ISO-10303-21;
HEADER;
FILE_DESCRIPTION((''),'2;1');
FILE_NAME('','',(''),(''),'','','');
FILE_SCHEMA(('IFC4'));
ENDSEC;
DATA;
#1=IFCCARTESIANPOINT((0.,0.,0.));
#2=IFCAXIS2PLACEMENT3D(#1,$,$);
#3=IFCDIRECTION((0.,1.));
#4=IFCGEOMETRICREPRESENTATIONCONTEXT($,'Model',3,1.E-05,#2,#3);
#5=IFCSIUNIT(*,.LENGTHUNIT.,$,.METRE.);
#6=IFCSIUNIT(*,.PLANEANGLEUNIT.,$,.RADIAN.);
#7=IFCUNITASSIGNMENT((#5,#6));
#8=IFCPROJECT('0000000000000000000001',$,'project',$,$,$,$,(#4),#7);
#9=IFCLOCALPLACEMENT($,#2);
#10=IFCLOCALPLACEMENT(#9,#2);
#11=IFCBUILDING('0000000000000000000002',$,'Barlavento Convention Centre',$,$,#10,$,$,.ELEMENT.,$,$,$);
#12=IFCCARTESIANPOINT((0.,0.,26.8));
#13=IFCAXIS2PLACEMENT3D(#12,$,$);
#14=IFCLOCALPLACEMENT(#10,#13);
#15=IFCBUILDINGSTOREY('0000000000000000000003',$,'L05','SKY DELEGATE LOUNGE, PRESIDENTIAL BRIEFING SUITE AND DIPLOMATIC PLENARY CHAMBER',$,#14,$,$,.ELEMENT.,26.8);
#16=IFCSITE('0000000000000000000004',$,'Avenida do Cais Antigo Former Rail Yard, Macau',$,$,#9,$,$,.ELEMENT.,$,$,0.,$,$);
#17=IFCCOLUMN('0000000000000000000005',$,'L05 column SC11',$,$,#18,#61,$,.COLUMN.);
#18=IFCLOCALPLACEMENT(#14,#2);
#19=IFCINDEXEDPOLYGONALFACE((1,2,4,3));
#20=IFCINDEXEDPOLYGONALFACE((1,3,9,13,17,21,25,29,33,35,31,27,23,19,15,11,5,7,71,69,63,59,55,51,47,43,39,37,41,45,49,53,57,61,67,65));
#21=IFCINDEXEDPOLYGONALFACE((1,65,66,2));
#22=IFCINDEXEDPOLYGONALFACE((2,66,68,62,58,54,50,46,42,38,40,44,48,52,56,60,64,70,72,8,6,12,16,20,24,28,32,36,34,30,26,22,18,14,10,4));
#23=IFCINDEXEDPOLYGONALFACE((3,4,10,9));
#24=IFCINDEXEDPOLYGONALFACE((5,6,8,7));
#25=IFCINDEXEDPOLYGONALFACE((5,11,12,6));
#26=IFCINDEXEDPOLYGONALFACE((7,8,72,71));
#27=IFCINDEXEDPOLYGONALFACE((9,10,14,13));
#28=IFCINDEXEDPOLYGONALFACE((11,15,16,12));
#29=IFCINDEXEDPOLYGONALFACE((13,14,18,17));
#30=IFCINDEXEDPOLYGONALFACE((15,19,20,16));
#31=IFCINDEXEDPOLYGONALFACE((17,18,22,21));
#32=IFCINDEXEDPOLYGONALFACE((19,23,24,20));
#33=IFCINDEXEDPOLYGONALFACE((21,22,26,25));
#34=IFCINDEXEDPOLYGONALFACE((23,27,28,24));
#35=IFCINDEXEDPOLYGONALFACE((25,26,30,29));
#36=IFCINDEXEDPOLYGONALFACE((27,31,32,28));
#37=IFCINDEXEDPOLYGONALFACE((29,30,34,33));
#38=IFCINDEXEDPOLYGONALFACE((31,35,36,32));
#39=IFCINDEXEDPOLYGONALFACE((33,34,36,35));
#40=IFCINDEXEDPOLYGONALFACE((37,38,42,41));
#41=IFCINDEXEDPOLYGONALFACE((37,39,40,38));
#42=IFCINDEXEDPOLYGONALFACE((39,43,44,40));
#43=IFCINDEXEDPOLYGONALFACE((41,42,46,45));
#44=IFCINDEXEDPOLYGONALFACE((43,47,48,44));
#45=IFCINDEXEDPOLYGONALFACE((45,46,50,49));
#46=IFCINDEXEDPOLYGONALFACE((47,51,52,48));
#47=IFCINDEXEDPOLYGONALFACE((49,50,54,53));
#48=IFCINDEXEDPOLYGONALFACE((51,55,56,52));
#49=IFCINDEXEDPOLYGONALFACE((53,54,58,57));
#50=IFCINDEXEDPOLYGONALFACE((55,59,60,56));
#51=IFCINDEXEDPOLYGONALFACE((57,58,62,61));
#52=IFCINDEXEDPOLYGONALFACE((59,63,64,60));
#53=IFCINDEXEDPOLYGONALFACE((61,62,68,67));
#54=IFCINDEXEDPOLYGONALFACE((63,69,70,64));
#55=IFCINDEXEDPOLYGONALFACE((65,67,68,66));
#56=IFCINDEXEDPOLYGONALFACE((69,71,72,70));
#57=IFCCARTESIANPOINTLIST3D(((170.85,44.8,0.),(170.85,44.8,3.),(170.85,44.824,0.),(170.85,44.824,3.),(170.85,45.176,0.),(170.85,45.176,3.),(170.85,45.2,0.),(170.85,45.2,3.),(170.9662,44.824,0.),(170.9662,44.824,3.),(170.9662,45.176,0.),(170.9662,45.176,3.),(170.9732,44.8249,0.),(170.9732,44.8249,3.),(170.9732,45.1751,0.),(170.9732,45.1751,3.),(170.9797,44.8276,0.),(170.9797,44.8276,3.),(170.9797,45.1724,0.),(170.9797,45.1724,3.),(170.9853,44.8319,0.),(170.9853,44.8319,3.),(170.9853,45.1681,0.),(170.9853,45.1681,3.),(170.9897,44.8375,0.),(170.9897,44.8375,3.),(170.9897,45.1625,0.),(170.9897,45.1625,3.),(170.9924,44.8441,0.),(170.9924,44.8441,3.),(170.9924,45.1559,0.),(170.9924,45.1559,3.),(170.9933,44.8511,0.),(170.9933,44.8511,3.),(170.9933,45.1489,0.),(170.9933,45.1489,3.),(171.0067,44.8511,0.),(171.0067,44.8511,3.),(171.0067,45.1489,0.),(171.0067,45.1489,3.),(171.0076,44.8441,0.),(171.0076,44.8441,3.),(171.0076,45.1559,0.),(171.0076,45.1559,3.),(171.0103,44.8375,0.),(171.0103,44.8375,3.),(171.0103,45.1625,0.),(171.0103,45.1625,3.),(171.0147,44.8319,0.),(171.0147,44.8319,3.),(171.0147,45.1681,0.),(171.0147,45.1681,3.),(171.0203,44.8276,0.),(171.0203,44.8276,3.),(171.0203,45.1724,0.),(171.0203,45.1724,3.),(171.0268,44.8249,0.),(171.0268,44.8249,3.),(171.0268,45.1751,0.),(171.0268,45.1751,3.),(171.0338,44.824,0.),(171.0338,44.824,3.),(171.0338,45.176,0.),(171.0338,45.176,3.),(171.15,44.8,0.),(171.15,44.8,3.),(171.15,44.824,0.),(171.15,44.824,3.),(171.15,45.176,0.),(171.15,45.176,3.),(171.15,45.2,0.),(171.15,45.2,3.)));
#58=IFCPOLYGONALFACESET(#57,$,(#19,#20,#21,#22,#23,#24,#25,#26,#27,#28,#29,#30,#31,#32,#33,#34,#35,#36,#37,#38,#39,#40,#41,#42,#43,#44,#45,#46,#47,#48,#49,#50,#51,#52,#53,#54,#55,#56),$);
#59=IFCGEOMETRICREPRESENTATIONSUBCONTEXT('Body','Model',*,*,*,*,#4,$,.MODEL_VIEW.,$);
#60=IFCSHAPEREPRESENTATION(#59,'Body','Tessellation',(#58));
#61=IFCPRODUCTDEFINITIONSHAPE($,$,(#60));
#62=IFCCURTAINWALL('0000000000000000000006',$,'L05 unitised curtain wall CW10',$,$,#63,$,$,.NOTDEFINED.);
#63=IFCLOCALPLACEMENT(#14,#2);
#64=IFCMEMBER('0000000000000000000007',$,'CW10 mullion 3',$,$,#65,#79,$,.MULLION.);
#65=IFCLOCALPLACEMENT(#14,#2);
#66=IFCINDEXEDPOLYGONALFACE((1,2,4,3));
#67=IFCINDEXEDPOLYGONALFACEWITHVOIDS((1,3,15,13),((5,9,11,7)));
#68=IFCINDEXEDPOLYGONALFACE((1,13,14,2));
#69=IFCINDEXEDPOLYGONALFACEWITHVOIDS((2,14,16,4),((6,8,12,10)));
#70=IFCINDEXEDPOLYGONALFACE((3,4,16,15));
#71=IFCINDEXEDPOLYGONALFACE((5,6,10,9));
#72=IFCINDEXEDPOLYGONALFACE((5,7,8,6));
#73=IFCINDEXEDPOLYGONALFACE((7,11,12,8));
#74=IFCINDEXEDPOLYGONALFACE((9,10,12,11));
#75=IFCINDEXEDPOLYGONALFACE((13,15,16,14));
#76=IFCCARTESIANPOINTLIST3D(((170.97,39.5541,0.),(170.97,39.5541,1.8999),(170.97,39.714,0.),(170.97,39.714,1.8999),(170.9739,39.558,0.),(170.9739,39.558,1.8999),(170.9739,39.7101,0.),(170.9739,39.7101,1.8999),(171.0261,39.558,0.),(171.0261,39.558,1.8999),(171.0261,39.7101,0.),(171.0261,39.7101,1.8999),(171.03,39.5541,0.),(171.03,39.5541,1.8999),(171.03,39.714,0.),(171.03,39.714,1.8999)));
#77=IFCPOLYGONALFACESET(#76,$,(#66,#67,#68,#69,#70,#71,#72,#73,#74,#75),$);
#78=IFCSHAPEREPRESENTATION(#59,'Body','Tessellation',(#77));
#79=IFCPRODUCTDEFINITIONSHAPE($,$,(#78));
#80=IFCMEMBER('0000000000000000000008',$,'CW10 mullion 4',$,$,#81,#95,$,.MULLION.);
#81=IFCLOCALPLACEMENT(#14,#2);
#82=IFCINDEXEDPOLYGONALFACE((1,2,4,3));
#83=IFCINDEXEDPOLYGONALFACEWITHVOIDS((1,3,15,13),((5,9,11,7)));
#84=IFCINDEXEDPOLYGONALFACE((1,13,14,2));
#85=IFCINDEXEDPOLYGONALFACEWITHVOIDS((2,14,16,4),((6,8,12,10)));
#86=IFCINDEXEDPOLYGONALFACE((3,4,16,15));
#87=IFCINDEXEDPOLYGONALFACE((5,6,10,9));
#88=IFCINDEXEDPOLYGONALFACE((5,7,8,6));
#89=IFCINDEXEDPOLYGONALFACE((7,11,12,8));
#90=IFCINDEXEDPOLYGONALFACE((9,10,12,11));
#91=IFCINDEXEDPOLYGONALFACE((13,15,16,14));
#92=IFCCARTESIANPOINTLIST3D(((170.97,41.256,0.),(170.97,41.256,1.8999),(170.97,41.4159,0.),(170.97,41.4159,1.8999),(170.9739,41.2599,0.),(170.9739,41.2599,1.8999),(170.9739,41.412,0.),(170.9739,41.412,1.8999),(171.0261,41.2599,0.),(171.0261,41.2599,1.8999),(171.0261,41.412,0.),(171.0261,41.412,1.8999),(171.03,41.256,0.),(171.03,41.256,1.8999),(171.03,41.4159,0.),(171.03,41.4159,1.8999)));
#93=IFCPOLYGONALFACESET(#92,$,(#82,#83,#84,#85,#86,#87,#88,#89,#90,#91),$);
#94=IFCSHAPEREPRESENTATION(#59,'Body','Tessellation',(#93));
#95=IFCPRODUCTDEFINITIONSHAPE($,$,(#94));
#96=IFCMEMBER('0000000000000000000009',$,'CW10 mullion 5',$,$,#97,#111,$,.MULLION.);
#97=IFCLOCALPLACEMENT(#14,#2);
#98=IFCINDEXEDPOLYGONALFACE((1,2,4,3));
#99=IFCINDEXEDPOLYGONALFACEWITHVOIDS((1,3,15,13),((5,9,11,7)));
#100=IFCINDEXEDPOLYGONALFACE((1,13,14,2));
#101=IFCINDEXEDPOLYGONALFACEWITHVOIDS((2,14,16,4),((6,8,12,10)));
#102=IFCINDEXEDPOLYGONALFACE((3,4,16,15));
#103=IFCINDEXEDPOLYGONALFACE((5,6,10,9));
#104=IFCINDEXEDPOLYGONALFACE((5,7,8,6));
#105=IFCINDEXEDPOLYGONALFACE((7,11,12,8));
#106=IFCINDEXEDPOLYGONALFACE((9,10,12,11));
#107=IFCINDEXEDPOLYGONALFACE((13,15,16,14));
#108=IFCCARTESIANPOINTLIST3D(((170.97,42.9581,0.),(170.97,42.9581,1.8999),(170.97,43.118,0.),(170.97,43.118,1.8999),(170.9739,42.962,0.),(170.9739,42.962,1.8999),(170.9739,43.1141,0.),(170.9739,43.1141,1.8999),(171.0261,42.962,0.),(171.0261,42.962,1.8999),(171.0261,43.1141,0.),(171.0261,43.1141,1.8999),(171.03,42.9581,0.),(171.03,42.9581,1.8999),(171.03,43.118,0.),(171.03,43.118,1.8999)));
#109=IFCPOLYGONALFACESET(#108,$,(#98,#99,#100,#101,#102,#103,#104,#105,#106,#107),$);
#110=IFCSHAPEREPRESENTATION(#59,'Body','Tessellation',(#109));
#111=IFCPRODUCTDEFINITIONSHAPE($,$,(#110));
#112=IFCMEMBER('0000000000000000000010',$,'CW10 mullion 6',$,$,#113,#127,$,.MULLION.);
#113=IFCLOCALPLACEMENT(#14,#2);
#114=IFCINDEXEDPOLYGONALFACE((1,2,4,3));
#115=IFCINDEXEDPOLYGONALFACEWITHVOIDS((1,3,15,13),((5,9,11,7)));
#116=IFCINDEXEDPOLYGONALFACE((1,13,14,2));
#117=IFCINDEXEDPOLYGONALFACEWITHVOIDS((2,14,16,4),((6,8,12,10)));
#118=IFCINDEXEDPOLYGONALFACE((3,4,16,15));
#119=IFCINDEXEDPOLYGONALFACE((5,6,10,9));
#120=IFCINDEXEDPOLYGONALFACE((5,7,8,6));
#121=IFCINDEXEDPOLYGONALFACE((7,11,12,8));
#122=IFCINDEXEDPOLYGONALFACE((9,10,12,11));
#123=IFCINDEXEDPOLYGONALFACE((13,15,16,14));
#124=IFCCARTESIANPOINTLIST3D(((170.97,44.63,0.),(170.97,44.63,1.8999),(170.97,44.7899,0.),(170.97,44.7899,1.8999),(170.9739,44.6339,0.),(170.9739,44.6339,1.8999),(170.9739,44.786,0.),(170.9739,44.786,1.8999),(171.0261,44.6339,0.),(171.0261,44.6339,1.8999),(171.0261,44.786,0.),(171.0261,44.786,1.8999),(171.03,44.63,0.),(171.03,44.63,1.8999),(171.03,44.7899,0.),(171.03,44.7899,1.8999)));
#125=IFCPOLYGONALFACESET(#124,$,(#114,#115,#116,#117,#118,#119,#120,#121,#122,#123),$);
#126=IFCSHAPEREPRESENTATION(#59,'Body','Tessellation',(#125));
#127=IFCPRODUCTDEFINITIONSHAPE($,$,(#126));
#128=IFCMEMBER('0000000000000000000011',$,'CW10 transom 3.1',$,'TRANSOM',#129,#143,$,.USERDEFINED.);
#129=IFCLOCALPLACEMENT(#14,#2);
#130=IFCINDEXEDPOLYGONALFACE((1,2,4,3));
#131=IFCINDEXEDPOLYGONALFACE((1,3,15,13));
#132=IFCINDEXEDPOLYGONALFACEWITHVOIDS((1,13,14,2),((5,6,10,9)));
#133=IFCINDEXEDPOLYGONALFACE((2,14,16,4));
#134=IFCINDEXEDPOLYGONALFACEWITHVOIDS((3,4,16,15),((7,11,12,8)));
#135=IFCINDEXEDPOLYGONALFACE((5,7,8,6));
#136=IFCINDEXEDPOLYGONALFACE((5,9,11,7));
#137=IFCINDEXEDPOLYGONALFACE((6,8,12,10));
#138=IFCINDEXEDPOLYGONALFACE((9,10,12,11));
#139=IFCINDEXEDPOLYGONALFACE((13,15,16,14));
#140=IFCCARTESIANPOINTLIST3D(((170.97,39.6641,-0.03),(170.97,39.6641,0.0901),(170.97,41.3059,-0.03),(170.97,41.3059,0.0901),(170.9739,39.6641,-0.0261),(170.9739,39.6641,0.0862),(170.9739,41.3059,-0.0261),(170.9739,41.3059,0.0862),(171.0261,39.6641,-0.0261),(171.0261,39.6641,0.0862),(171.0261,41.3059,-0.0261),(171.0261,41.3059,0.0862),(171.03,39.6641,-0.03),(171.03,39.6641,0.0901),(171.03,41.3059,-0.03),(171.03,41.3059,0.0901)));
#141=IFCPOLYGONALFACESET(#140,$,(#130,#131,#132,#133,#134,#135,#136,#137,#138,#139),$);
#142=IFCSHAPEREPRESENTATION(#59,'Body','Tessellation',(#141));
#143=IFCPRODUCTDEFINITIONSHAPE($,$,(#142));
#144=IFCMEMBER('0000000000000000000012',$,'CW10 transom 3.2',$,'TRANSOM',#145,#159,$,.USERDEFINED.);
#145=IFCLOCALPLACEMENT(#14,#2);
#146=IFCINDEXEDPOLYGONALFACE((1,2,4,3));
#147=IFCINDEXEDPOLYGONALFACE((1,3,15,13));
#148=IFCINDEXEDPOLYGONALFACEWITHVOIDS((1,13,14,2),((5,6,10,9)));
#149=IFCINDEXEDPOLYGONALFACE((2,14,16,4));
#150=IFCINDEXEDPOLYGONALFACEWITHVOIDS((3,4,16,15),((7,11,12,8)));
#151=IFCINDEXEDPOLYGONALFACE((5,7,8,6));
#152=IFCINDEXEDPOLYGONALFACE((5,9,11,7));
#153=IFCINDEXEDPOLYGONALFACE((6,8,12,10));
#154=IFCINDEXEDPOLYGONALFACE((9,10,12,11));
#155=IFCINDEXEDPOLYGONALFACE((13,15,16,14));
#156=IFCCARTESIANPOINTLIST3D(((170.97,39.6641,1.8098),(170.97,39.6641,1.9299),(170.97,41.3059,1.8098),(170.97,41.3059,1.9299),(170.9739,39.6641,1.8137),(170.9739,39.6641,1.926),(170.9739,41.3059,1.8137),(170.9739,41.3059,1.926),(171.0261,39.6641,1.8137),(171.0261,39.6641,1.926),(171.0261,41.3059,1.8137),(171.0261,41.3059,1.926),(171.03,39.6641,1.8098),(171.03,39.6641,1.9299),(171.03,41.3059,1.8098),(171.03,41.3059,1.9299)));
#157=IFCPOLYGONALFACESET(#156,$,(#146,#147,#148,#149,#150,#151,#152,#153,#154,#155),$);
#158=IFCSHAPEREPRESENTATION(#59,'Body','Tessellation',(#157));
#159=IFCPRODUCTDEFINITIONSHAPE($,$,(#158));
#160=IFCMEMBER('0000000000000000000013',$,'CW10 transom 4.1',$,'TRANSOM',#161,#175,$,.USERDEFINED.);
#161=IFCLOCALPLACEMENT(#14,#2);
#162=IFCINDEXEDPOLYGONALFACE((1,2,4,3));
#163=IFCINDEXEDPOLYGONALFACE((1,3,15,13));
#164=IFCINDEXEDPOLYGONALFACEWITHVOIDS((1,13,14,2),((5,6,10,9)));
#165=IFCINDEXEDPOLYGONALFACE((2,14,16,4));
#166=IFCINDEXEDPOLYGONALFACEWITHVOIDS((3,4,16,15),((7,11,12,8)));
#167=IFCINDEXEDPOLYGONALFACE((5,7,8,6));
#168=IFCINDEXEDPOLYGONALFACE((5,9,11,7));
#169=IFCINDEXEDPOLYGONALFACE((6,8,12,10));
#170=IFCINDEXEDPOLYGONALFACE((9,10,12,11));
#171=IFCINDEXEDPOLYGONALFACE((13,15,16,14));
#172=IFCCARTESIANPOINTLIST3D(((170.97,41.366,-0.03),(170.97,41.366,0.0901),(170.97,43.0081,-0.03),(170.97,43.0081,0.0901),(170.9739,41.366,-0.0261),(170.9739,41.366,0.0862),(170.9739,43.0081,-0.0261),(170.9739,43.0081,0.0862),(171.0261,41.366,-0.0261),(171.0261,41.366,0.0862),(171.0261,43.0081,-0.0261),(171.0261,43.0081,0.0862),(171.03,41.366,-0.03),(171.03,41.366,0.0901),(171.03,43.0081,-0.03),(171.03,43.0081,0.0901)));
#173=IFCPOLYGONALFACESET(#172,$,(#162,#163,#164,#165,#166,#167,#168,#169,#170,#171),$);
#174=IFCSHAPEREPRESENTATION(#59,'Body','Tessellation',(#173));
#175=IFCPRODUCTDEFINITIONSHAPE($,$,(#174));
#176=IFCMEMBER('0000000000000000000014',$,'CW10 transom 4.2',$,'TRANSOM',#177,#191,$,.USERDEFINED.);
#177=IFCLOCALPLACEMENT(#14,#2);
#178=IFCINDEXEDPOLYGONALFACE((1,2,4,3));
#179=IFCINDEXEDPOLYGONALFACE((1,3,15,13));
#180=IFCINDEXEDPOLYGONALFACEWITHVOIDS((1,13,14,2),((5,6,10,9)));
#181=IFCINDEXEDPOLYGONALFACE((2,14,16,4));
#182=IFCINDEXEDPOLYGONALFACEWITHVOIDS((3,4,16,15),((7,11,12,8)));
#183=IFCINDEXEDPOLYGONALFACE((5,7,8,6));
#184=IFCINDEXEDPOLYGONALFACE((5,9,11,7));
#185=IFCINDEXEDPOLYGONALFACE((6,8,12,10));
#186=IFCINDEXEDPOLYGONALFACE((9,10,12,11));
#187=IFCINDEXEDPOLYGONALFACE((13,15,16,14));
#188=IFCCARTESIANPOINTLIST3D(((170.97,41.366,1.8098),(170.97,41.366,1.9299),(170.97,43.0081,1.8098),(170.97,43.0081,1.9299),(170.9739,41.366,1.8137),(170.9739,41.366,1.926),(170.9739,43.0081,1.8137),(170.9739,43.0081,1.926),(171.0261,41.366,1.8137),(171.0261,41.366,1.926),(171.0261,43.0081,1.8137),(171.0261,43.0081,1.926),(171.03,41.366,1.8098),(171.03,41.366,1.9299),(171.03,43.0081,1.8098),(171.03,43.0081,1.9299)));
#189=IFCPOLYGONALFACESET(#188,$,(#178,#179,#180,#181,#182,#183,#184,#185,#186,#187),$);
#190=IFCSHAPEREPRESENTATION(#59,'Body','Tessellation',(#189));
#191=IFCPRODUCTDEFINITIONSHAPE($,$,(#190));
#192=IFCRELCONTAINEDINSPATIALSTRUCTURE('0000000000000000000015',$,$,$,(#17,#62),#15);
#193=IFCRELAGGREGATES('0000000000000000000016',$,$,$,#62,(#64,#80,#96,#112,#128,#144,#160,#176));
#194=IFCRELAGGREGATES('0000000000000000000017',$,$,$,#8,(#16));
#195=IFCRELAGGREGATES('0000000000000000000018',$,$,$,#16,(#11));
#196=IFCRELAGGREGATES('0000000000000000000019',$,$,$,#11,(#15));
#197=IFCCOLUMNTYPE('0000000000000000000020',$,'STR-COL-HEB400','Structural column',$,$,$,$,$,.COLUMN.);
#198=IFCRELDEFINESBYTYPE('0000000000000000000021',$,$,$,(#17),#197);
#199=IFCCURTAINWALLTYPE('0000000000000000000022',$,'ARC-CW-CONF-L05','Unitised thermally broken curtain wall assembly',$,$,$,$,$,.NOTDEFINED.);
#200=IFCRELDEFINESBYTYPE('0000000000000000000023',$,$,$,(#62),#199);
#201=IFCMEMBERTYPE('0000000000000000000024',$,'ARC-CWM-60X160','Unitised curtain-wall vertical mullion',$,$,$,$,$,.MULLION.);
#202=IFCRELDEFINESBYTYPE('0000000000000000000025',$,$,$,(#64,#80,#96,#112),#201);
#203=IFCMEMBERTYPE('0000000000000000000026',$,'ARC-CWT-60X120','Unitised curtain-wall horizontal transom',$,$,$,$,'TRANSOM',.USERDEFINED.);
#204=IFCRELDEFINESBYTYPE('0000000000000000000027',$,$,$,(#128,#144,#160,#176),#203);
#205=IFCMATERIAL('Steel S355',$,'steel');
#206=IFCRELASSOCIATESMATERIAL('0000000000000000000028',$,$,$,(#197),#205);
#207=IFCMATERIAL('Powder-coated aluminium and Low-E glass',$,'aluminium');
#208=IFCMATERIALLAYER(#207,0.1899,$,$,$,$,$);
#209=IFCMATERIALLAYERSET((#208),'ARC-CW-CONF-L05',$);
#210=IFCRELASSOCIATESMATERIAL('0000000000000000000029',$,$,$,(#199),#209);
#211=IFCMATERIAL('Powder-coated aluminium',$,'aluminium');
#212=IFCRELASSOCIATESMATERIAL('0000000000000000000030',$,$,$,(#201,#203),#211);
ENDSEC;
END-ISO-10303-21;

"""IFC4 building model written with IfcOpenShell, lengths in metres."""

from ifc_helpers import new_model, si_unit, direction, frame, origin, origin_2d, place, context, subcontext, project, spatial, hollow_rectangle, i_section, extrude, material, layer, layer_set, material_profile, profile_set, type_object, element, aggregate, save


model = new_model("IFC4")

# Units and contexts
model_context = context("Model", 3, precision=1e-05, world=origin(), true_north=direction((0.0, 1.0)))
body_context = subcontext(model_context, "Body", "Model", "MODEL_VIEW")
ifc_project = project(units=[si_unit("LENGTHUNIT", "METRE"), si_unit("PLANEANGLEUNIT", "RADIAN")], contexts=[model_context])

# Site, building, storey
site_placement = place(None, origin())
site = spatial("IfcSite", under=ifc_project, at=site_placement, Name="Avenida do Cais Antigo Former Rail Yard, Macau", CompositionType="ELEMENT", RefElevation=0.0)
building_placement = place(site_placement, origin())
building = spatial("IfcBuilding", under=site, at=building_placement, Name="Barlavento Convention Centre", CompositionType="ELEMENT")
storey_placement = place(building_placement, frame((0.0, 0.0, 26.8)))
storey = spatial("IfcBuildingStorey", under=building, at=storey_placement, Name="L05", Description="SKY DELEGATE LOUNGE, PRESIDENTIAL BRIEFING SUITE AND DIPLOMATIC PLENARY CHAMBER", CompositionType="ELEMENT", Elevation=26.8)

# Column
ifc_material_1 = material(Name="Steel S355", Category="steel")
ifc_material_profile_1 = material_profile(ifc_material_1, i_section(OverallWidth=0.3, OverallDepth=0.3999, WebThickness=0.0134, FlangeThickness=0.0239, FilletRadius=0.0271, at=origin_2d()), Name="HEB 400")
ifc_profile_set_1 = profile_set([ifc_material_profile_1], Name="Steel S355")
column_type = type_object("IfcColumnType", Name="STR-COL-HEB400", Description="Structural column", PredefinedType="COLUMN", material=ifc_profile_set_1)
column_placement = place(storey_placement, frame((171.0, 45.0, 0.0), z_axis=(0.0, 0.0, 1.0), x_axis=(1.0, 0.0, 0.0)))
element("IfcColumn", 1, at=column_placement, inside=storey, type_object=column_type, Name="L05 column SC11", PredefinedType="COLUMN", context=body_context, shape_type="SweptSolid", body=[
    extrude(i_section(OverallWidth=0.3, OverallDepth=0.3999, WebThickness=0.0134, FlangeThickness=0.0239, FilletRadius=0.0271, at=origin_2d()), origin(), (0.0, 0.0, 1.0), 3.0),
])

# Curtain wall, members
ifc_material_2 = material(Name="Powder-coated aluminium and Low-E glass", Category="aluminium")
ifc_layer_1 = layer(ifc_material_2, 0.1899)
ifc_layer_set_1 = layer_set([ifc_layer_1], Name="ARC-CW-CONF-L05")
curtain_wall_type = type_object("IfcCurtainWallType", Name="ARC-CW-CONF-L05", Description="Unitised thermally broken curtain wall assembly", PredefinedType="NOTDEFINED", material=ifc_layer_set_1)
curtain_wall_placement = place(storey_placement, origin())
curtain_wall = element("IfcCurtainWall", 2, at=curtain_wall_placement, inside=storey, type_object=curtain_wall_type, Name="L05 unitised curtain wall CW10", PredefinedType="NOTDEFINED")
ifc_material_3 = material(Name="Powder-coated aluminium", Category="aluminium")
ifc_material_profile_2 = material_profile(ifc_material_3, hollow_rectangle(XDim=0.0601, YDim=0.1599, WallThickness=0.0039, at=origin_2d()), Name="AL-MULL 60x160x4")
ifc_profile_set_2 = profile_set([ifc_material_profile_2], Name="Powder-coated aluminium")
member_type_1 = type_object("IfcMemberType", Name="ARC-CWM-60X160", Description="Unitised curtain-wall vertical mullion", PredefinedType="MULLION", material=ifc_profile_set_2)
member_1_placement = place(storey_placement, frame((171.0, 39.634, 0.0), z_axis=(0.0, 0.0, 1.0), x_axis=(-1.0, 0.0, 0.0)))
member_1 = element("IfcMember", 3, at=member_1_placement, type_object=member_type_1, Name="CW10 mullion 3", PredefinedType="MULLION", context=body_context, shape_type="SweptSolid", body=[
    extrude(hollow_rectangle(XDim=0.0601, YDim=0.1599, WallThickness=0.0039, at=origin_2d()), origin(), (0.0, 0.0, 1.0), 1.8999),
])
member_2_placement = place(storey_placement, frame((171.0, 41.3359, 0.0), z_axis=(0.0, 0.0, 1.0), x_axis=(-1.0, 0.0, 0.0)))
member_2 = element("IfcMember", 4, at=member_2_placement, type_object=member_type_1, Name="CW10 mullion 4", PredefinedType="MULLION", context=body_context, shape_type="SweptSolid", body=[
    extrude(hollow_rectangle(XDim=0.0601, YDim=0.1599, WallThickness=0.0039, at=origin_2d()), origin(), (0.0, 0.0, 1.0), 1.8999),
])
member_3_placement = place(storey_placement, frame((171.0, 43.0381, 0.0), z_axis=(0.0, 0.0, 1.0), x_axis=(-1.0, 0.0, 0.0)))
member_3 = element("IfcMember", 5, at=member_3_placement, type_object=member_type_1, Name="CW10 mullion 5", PredefinedType="MULLION", context=body_context, shape_type="SweptSolid", body=[
    extrude(hollow_rectangle(XDim=0.0601, YDim=0.1599, WallThickness=0.0039, at=origin_2d()), origin(), (0.0, 0.0, 1.0), 1.8999),
])
member_4_placement = place(storey_placement, frame((171.0, 44.71, 0.0), z_axis=(0.0, 0.0, 1.0), x_axis=(-1.0, 0.0, 0.0)))
member_4 = element("IfcMember", 6, at=member_4_placement, type_object=member_type_1, Name="CW10 mullion 6", PredefinedType="MULLION", context=body_context, shape_type="SweptSolid", body=[
    extrude(hollow_rectangle(XDim=0.0601, YDim=0.1599, WallThickness=0.0039, at=origin_2d()), origin(), (0.0, 0.0, 1.0), 1.8999),
])
ifc_material_profile_3 = material_profile(ifc_material_3, hollow_rectangle(XDim=0.0601, YDim=0.1201, WallThickness=0.0039, at=origin_2d()), Name="AL-TRAN 60x120x4")
ifc_profile_set_3 = profile_set([ifc_material_profile_3], Name="Powder-coated aluminium")
member_type_2 = type_object("IfcMemberType", Name="ARC-CWT-60X120", Description="Unitised curtain-wall horizontal transom", ElementType="TRANSOM", PredefinedType="USERDEFINED", material=ifc_profile_set_3)
member_5_placement = place(storey_placement, frame((171.0, 39.6641, 0.03), z_axis=(0.0, 1.0, 0.0), x_axis=(-1.0, 0.0, 0.0)))
member_5 = element("IfcMember", 7, at=member_5_placement, type_object=member_type_2, Name="CW10 transom 3.1", ObjectType="TRANSOM", PredefinedType="USERDEFINED", context=body_context, shape_type="SweptSolid", body=[
    extrude(hollow_rectangle(XDim=0.0601, YDim=0.1201, WallThickness=0.0039, at=origin_2d()), origin(), (0.0, 0.0, 1.0), 1.6418),
])
member_6_placement = place(storey_placement, frame((171.0, 39.6641, 1.8699), z_axis=(0.0, 1.0, 0.0), x_axis=(-1.0, 0.0, 0.0)))
member_6 = element("IfcMember", 8, at=member_6_placement, type_object=member_type_2, Name="CW10 transom 3.2", ObjectType="TRANSOM", PredefinedType="USERDEFINED", context=body_context, shape_type="SweptSolid", body=[
    extrude(hollow_rectangle(XDim=0.0601, YDim=0.1201, WallThickness=0.0039, at=origin_2d()), origin(), (0.0, 0.0, 1.0), 1.6418),
])
member_7_placement = place(storey_placement, frame((171.0, 41.366, 0.03), z_axis=(0.0, 1.0, 0.0), x_axis=(-1.0, 0.0, 0.0)))
member_7 = element("IfcMember", 9, at=member_7_placement, type_object=member_type_2, Name="CW10 transom 4.1", ObjectType="TRANSOM", PredefinedType="USERDEFINED", context=body_context, shape_type="SweptSolid", body=[
    extrude(hollow_rectangle(XDim=0.0601, YDim=0.1201, WallThickness=0.0039, at=origin_2d()), origin(), (0.0, 0.0, 1.0), 1.6421),
])
member_8_placement = place(storey_placement, frame((171.0, 41.366, 1.8699), z_axis=(0.0, 1.0, 0.0), x_axis=(-1.0, 0.0, 0.0)))
member_8 = element("IfcMember", 10, at=member_8_placement, type_object=member_type_2, Name="CW10 transom 4.2", ObjectType="TRANSOM", PredefinedType="USERDEFINED", context=body_context, shape_type="SweptSolid", body=[
    extrude(hollow_rectangle(XDim=0.0601, YDim=0.1201, WallThickness=0.0039, at=origin_2d()), origin(), (0.0, 0.0, 1.0), 1.6421),
])

aggregate(curtain_wall, [member_1, member_2, member_3, member_4, member_5, member_6, member_7, member_8])

save(model, "model.ifc")
